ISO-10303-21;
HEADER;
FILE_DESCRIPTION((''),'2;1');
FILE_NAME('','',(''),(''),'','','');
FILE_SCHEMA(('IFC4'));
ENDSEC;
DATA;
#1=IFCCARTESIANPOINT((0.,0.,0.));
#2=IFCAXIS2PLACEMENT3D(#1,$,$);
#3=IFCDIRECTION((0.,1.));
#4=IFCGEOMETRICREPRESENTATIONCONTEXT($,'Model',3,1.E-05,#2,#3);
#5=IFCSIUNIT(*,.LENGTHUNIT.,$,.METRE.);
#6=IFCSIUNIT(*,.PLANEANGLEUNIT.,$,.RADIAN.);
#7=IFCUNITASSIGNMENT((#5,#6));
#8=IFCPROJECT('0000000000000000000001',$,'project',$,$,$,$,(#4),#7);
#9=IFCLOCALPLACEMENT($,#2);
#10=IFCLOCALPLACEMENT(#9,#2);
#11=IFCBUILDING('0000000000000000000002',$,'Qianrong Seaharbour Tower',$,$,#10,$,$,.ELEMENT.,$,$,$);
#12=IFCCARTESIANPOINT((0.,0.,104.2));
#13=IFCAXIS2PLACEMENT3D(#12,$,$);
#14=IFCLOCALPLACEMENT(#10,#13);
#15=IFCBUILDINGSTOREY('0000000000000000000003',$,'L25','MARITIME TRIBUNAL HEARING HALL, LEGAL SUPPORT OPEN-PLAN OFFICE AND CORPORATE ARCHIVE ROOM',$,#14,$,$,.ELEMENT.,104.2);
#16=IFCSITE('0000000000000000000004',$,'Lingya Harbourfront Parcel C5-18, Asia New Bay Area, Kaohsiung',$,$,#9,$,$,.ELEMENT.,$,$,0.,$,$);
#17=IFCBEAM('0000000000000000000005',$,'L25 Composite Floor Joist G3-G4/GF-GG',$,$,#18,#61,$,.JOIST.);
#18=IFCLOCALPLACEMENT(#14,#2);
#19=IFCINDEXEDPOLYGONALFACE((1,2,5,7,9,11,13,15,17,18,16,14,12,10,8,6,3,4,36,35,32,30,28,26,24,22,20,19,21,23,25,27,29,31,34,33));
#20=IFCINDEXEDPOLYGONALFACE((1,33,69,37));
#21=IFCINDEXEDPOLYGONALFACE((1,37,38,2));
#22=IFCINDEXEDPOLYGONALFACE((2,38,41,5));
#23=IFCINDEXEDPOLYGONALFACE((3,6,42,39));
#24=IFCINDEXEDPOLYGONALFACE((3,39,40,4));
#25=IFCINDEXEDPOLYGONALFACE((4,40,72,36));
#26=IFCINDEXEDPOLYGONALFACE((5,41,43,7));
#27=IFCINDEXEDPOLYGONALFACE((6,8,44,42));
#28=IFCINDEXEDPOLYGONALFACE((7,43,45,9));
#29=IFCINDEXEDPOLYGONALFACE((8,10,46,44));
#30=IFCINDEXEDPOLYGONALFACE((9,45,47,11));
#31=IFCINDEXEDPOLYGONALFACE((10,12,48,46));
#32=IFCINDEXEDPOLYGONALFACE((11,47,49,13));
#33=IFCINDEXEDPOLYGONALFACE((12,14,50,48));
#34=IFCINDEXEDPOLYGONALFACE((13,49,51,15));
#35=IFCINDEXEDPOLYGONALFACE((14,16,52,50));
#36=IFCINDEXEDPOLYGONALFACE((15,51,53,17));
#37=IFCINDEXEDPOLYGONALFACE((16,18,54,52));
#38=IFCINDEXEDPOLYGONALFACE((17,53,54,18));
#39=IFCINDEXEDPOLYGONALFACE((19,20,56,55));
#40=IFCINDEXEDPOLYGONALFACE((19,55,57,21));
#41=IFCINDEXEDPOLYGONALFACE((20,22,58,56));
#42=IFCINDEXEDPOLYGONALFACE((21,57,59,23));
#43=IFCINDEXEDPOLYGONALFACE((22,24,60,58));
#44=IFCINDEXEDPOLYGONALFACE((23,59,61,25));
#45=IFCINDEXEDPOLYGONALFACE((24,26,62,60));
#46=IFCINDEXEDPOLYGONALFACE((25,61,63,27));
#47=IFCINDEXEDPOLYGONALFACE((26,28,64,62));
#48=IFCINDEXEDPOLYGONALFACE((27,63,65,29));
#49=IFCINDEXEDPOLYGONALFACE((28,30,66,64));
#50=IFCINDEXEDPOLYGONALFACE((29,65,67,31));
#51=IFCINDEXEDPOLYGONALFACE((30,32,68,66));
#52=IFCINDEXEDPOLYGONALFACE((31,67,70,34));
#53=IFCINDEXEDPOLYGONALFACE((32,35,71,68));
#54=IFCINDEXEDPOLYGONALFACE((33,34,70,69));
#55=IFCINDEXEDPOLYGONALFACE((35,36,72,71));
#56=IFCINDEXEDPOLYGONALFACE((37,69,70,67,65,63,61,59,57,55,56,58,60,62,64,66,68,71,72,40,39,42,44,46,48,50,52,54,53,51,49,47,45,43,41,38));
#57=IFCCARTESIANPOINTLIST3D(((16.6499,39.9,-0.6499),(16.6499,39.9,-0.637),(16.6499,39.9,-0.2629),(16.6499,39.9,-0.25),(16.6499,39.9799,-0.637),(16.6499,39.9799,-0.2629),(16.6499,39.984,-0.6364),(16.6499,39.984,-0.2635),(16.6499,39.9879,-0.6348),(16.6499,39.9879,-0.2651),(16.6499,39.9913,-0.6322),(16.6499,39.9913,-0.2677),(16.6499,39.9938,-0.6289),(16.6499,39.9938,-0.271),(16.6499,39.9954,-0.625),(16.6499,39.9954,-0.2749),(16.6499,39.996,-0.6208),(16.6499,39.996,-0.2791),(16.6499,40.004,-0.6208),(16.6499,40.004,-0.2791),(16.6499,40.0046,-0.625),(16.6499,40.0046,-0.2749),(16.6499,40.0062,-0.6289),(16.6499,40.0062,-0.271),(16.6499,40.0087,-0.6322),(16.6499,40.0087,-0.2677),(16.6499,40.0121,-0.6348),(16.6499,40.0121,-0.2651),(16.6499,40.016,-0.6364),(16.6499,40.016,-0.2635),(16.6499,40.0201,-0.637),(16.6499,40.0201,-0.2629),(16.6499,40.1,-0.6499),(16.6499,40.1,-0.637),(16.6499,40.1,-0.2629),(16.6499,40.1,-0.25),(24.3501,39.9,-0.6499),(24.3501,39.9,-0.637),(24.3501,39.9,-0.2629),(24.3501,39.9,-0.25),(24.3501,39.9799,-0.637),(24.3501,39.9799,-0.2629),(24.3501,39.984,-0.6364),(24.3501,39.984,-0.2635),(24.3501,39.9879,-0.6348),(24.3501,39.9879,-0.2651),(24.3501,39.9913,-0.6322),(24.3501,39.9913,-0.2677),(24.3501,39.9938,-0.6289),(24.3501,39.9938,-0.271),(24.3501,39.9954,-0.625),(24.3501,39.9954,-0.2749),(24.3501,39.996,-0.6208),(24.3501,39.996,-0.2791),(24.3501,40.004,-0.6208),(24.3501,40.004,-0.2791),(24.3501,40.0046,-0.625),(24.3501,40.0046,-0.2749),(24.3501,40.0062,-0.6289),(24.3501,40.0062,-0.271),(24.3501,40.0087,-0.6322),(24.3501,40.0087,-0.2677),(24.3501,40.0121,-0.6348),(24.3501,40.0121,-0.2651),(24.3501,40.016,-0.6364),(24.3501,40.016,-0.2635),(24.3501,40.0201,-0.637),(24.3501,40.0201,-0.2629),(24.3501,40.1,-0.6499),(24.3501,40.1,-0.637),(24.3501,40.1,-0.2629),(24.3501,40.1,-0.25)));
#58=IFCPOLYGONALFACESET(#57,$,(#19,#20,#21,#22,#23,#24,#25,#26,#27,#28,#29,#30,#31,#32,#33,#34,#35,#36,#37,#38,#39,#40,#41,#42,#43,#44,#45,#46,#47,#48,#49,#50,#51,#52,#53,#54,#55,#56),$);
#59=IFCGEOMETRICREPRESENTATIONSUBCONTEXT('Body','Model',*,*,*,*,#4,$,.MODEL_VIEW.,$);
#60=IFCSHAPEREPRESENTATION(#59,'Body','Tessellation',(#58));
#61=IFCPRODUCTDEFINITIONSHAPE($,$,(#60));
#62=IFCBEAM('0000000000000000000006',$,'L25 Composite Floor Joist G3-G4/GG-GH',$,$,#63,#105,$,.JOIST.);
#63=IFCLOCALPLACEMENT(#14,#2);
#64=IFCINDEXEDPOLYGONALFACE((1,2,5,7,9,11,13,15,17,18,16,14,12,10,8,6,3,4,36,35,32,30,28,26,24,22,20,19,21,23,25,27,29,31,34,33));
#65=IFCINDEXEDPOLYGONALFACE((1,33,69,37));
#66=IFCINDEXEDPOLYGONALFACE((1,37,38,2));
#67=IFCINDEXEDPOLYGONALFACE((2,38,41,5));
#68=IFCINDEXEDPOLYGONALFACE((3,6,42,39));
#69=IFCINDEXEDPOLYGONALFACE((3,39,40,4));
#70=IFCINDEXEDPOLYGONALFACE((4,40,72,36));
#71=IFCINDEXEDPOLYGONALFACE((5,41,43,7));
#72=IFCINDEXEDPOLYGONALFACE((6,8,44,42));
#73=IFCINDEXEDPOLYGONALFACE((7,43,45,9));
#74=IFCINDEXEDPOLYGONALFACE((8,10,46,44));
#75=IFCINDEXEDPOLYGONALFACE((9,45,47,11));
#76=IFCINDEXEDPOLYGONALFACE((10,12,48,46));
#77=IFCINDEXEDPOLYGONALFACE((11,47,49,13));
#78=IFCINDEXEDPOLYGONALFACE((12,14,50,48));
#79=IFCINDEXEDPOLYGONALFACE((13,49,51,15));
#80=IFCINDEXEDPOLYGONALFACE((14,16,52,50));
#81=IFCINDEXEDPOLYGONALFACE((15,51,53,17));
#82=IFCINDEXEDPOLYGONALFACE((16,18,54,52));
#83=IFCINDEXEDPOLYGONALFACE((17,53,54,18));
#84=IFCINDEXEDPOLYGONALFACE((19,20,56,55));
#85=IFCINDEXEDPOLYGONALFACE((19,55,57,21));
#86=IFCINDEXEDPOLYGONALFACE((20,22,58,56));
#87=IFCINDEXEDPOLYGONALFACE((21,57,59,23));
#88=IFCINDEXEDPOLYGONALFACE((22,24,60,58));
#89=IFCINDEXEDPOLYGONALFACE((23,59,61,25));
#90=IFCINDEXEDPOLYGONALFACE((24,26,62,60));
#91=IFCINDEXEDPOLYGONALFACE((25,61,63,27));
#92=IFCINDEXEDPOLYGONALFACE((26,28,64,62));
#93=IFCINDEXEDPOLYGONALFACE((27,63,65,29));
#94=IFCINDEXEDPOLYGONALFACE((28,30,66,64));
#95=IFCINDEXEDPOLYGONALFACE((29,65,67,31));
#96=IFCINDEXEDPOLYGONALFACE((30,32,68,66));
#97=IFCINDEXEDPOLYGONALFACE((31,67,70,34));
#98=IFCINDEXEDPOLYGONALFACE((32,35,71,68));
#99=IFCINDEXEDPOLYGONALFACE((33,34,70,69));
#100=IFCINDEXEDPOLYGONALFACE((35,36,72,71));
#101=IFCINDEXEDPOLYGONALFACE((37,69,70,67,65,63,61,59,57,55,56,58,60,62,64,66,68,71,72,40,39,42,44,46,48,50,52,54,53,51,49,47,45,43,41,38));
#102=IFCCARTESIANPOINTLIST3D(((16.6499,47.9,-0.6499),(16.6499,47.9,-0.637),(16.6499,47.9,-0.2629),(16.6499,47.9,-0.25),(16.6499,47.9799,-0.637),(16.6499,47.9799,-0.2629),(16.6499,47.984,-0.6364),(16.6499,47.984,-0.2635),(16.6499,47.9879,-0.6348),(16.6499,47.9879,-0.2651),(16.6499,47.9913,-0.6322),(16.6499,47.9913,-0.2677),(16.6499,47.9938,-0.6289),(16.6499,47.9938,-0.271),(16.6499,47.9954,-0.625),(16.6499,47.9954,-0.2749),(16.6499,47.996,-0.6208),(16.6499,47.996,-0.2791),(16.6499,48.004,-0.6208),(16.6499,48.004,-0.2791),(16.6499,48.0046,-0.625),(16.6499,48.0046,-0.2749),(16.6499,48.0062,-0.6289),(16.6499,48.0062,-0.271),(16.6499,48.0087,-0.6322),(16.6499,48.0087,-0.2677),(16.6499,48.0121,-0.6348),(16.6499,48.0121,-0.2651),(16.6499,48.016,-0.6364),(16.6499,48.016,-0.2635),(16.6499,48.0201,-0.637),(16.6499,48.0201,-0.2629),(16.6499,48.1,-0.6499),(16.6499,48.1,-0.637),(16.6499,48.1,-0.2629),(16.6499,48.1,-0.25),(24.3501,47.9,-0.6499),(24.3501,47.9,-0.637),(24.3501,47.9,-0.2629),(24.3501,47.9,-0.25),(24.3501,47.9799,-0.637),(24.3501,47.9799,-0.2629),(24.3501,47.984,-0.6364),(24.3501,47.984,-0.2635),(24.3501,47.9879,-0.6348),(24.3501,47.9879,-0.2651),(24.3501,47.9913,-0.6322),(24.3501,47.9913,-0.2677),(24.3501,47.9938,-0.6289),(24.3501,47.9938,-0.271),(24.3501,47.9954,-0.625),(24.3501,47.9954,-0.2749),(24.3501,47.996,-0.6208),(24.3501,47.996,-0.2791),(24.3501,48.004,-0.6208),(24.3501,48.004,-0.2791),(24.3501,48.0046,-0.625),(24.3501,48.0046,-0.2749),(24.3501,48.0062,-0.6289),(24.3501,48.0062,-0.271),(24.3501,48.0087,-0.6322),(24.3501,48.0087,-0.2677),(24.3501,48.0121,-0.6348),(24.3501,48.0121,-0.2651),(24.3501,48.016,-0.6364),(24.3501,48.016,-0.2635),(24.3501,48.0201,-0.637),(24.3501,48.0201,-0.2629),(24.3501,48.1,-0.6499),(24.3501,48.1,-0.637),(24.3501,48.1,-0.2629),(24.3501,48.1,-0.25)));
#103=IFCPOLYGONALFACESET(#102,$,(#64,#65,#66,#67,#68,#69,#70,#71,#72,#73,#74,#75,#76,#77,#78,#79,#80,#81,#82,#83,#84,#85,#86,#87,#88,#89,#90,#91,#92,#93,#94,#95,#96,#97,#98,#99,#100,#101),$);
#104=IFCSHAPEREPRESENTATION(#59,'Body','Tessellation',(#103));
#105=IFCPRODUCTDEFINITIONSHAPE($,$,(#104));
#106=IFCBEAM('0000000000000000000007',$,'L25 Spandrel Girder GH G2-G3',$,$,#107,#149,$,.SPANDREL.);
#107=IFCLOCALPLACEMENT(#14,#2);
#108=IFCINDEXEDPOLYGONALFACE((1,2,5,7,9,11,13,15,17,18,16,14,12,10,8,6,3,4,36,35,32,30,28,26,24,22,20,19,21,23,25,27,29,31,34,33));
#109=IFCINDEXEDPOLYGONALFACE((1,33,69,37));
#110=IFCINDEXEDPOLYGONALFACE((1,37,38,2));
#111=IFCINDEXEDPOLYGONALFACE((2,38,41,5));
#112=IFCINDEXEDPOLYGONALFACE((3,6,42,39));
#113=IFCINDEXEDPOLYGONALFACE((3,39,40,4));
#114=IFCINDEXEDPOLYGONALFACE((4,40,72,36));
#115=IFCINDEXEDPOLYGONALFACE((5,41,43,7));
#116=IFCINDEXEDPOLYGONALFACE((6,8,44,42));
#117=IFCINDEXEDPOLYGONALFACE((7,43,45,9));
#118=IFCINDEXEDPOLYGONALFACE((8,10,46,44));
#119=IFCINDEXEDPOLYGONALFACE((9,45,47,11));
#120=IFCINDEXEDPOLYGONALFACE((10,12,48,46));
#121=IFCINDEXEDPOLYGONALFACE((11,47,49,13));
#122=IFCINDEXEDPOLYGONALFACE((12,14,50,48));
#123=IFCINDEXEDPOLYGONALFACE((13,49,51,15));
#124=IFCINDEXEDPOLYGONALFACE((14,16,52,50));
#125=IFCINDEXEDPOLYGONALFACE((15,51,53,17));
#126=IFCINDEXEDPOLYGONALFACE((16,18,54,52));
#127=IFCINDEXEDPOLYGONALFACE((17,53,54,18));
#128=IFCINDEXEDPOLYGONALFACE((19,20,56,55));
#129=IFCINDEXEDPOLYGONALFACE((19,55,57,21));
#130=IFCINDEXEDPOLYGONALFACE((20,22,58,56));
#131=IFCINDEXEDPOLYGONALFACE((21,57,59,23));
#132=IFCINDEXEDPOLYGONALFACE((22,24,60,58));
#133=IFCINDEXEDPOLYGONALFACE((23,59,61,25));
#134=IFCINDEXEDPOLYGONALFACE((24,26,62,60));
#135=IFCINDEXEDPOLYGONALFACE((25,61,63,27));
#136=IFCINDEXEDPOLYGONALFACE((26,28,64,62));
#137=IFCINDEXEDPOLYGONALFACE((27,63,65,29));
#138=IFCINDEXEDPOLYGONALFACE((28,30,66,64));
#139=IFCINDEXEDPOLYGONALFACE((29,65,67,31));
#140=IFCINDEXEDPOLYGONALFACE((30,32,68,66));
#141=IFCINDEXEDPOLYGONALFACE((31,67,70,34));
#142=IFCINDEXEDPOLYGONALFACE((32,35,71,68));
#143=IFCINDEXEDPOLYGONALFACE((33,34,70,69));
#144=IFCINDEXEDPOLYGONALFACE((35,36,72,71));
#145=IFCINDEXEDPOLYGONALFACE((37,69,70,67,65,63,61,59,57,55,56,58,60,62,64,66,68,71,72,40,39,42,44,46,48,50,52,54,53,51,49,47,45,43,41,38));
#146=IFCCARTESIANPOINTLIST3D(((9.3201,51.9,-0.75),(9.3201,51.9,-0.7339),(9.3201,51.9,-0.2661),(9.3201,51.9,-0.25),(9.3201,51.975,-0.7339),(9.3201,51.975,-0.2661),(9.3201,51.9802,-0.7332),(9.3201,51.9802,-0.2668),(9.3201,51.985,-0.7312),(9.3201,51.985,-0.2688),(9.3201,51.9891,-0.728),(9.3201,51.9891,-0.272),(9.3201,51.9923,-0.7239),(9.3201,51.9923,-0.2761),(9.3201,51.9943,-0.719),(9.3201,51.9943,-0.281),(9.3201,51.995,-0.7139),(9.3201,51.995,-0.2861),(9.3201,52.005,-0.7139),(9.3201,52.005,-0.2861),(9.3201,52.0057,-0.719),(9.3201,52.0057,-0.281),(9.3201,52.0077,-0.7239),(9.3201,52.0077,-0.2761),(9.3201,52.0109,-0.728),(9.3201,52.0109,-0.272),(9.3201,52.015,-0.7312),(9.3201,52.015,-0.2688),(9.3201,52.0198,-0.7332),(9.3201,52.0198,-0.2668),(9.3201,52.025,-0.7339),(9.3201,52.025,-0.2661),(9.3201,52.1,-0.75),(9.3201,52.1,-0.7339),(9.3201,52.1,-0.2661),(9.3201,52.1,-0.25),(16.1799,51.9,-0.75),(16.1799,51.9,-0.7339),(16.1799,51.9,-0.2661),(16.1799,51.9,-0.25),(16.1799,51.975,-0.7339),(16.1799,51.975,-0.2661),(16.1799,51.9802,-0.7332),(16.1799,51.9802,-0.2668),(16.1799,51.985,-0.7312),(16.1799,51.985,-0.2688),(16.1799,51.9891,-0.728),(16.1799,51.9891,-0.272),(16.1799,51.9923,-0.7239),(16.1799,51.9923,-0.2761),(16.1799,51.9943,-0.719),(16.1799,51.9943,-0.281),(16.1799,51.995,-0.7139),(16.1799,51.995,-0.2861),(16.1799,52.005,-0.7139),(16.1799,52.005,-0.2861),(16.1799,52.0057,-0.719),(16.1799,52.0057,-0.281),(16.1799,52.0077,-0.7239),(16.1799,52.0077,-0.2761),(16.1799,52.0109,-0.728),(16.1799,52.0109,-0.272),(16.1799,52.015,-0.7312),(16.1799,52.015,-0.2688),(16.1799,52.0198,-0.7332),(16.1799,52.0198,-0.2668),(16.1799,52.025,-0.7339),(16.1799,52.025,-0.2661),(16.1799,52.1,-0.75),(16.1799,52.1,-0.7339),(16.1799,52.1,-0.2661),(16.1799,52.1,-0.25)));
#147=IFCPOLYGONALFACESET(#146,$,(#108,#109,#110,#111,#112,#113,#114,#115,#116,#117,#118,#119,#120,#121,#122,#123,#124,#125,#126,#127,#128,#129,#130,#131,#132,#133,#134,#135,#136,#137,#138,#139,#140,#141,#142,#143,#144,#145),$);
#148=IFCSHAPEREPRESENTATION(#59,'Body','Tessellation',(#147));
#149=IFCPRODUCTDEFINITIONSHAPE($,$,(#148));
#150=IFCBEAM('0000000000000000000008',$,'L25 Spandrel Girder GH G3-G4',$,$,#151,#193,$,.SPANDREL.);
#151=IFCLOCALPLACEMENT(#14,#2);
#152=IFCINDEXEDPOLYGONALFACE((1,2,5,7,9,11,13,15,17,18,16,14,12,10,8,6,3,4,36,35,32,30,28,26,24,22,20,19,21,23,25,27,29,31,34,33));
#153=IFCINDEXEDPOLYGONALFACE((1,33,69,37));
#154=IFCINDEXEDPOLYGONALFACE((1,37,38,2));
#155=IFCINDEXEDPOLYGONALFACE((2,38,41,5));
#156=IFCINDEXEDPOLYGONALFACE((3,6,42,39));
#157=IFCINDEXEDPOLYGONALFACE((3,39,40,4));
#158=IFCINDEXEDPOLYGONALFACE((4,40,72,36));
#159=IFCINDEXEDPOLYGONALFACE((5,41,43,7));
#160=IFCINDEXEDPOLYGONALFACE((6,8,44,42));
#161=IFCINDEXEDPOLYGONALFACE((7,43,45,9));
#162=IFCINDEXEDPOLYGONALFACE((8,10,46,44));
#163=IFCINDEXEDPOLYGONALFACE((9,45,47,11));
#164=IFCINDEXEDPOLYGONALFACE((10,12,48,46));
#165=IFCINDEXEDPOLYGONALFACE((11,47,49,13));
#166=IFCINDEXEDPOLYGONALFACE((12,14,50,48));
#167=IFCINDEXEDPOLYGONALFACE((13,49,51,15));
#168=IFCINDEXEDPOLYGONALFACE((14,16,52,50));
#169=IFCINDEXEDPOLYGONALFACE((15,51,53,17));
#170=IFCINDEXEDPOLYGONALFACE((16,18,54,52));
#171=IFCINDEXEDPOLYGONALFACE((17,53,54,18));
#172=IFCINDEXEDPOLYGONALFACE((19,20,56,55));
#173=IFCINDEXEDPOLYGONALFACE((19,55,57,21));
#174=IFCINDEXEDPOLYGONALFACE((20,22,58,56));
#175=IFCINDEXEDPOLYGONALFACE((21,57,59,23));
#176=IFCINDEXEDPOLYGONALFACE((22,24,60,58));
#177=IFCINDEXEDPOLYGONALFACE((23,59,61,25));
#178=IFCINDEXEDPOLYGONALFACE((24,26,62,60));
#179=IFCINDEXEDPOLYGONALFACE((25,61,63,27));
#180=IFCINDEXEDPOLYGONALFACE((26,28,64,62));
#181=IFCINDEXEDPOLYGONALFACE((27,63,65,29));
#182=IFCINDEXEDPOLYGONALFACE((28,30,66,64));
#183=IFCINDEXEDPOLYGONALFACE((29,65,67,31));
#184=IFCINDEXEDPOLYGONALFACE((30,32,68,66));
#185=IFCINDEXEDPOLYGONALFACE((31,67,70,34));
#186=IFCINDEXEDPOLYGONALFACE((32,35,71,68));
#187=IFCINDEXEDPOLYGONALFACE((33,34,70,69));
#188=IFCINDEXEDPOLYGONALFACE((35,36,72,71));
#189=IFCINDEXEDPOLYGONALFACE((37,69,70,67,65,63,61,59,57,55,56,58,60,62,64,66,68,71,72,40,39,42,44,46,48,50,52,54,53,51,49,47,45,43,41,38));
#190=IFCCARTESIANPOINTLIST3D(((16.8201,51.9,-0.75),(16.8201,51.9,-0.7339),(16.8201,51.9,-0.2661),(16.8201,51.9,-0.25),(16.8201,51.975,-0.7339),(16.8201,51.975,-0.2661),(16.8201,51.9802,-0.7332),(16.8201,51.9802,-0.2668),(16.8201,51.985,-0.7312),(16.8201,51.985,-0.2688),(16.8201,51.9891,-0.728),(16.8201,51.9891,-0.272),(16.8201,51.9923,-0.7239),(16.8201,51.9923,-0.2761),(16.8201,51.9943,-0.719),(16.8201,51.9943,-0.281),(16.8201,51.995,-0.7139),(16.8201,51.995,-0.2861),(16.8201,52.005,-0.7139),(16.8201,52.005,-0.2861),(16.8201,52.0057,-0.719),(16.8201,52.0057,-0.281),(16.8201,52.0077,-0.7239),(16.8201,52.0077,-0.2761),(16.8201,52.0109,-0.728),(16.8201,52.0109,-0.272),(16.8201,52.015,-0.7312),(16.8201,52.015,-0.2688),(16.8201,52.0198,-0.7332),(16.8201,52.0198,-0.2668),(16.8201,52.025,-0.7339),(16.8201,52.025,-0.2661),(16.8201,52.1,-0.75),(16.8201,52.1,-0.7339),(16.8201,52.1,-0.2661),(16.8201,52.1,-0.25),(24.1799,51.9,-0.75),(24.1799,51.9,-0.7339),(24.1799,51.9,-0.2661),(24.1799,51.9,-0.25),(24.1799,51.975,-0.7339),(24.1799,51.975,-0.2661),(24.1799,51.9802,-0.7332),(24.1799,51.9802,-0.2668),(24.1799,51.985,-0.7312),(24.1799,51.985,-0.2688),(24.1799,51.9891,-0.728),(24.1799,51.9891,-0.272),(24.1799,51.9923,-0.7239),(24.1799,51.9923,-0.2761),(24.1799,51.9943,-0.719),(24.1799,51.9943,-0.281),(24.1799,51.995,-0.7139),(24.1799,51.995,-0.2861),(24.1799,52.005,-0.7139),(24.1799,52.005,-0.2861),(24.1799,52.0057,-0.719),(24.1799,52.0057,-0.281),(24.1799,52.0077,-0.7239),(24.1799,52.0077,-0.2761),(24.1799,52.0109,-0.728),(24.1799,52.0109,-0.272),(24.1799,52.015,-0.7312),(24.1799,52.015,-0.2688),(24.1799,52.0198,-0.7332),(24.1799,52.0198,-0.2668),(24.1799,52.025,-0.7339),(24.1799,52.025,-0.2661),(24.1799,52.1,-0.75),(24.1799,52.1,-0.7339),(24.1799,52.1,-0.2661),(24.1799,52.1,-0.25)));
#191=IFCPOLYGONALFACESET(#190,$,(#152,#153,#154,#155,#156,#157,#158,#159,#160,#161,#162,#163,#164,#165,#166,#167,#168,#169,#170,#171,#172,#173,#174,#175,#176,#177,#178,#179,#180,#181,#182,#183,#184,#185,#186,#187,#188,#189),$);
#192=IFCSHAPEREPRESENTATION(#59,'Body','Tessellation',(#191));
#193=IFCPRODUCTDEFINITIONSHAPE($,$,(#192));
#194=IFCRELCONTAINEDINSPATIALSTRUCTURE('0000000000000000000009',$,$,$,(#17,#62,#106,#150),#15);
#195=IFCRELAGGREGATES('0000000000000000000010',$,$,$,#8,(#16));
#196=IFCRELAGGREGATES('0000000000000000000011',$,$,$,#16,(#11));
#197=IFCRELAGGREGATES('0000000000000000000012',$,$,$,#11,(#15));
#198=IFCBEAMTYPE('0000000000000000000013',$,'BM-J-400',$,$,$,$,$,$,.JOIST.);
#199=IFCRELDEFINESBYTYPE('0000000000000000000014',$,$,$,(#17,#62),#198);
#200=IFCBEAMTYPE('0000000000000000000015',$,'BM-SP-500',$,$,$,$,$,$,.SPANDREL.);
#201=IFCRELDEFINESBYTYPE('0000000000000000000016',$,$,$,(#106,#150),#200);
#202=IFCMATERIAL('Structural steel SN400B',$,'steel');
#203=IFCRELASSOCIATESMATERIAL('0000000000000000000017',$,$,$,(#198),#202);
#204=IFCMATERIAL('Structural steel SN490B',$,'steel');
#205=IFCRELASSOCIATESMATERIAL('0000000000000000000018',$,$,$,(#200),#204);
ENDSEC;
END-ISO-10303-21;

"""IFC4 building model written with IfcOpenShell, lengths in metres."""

from ifc_helpers import new_model, si_unit, direction, frame, origin, origin_2d, place, context, subcontext, project, spatial, i_section, extrude, material, material_profile, profile_set, type_object, element, save


model = new_model("IFC4")

# Units and contexts
model_context = context("Model", 3, precision=1e-05, world=origin(), true_north=direction((0.0, 1.0)))
body_context = subcontext(model_context, "Body", "Model", "MODEL_VIEW")
ifc_project = project(units=[si_unit("LENGTHUNIT", "METRE"), si_unit("PLANEANGLEUNIT", "RADIAN")], contexts=[model_context])

# Site, building, storey
site_placement = place(None, origin())
site = spatial("IfcSite", under=ifc_project, at=site_placement, Name="Lingya Harbourfront Parcel C5-18, Asia New Bay Area, Kaohsiung", CompositionType="ELEMENT", RefElevation=0.0)
building_placement = place(site_placement, origin())
building = spatial("IfcBuilding", under=site, at=building_placement, Name="Qianrong Seaharbour Tower", CompositionType="ELEMENT")
storey_placement = place(building_placement, frame((0.0, 0.0, 104.2)))
storey = spatial("IfcBuildingStorey", under=building, at=storey_placement, Name="L25", Description="MARITIME TRIBUNAL HEARING HALL, LEGAL SUPPORT OPEN-PLAN OFFICE AND CORPORATE ARCHIVE ROOM", CompositionType="ELEMENT", Elevation=104.2)

# Shared definitions
ifc_material_1 = material(Name="Structural steel SN490B", Category="steel")

# Beams
ifc_material_2 = material(Name="Structural steel SN400B", Category="steel")
ifc_material_profile_1 = material_profile(ifc_material_2, i_section(OverallWidth=0.2, OverallDepth=0.3999, WebThickness=0.0081, FlangeThickness=0.0129, FilletRadius=0.0161, at=origin_2d()), Name="H400x200x8x13")
ifc_profile_set_1 = profile_set([ifc_material_profile_1], Name="Structural steel SN400B")
beam_type_1 = type_object("IfcBeamType", Name="BM-J-400", PredefinedType="JOIST", material=ifc_profile_set_1)
for number, where, z_axis, x_axis, name in (
    (1, (16.6499, 40.0, -0.45), (1.0, 0.0, 0.0), (0.0, 1.0, 0.0), "L25 Composite Floor Joist G3-G4/GF-GG"),
    (2, (16.6499, 48.0, -0.45), (1.0, 0.0, 0.0), (0.0, 1.0, 0.0), "L25 Composite Floor Joist G3-G4/GG-GH"),
):
    element("IfcBeam", number, at=place(storey_placement, frame(where, z_axis=z_axis, x_axis=x_axis)), inside=storey, type_object=beam_type_1, Name=name, PredefinedType="JOIST", context=body_context, shape_type="SweptSolid", body=[
        extrude(i_section(OverallWidth=0.2, OverallDepth=0.3999, WebThickness=0.0081, FlangeThickness=0.0129, FilletRadius=0.0161, at=origin_2d()), origin(), (0.0, 0.0, 1.0), 7.7002),
    ])
ifc_material_profile_2 = material_profile(ifc_material_1, i_section(OverallWidth=0.2, OverallDepth=0.5, WebThickness=0.01, FlangeThickness=0.0161, FilletRadius=0.02, at=origin_2d()), Name="H500x200x10x16")
ifc_profile_set_2 = profile_set([ifc_material_profile_2], Name="Structural steel SN490B")
beam_type_2 = type_object("IfcBeamType", Name="BM-SP-500", PredefinedType="SPANDREL", material=ifc_profile_set_2)
beam_1_placement = place(storey_placement, frame((9.3201, 52.0, -0.5), z_axis=(1.0, 0.0, 0.0), x_axis=(0.0, 1.0, 0.0)))
element("IfcBeam", 3, at=beam_1_placement, inside=storey, type_object=beam_type_2, Name="L25 Spandrel Girder GH G2-G3", PredefinedType="SPANDREL", context=body_context, shape_type="SweptSolid", body=[
    extrude(i_section(OverallWidth=0.2, OverallDepth=0.5, WebThickness=0.01, FlangeThickness=0.0161, FilletRadius=0.02, at=origin_2d()), origin(), (0.0, 0.0, 1.0), 6.8599),
])
beam_2_placement = place(storey_placement, frame((16.8201, 52.0, -0.5), z_axis=(1.0, 0.0, 0.0), x_axis=(0.0, 1.0, 0.0)))
element("IfcBeam", 4, at=beam_2_placement, inside=storey, type_object=beam_type_2, Name="L25 Spandrel Girder GH G3-G4", PredefinedType="SPANDREL", context=body_context, shape_type="SweptSolid", body=[
    extrude(i_section(OverallWidth=0.2, OverallDepth=0.5, WebThickness=0.01, FlangeThickness=0.0161, FilletRadius=0.02, at=origin_2d()), origin(), (0.0, 0.0, 1.0), 7.3599),
])

save(model, "model.ifc")
